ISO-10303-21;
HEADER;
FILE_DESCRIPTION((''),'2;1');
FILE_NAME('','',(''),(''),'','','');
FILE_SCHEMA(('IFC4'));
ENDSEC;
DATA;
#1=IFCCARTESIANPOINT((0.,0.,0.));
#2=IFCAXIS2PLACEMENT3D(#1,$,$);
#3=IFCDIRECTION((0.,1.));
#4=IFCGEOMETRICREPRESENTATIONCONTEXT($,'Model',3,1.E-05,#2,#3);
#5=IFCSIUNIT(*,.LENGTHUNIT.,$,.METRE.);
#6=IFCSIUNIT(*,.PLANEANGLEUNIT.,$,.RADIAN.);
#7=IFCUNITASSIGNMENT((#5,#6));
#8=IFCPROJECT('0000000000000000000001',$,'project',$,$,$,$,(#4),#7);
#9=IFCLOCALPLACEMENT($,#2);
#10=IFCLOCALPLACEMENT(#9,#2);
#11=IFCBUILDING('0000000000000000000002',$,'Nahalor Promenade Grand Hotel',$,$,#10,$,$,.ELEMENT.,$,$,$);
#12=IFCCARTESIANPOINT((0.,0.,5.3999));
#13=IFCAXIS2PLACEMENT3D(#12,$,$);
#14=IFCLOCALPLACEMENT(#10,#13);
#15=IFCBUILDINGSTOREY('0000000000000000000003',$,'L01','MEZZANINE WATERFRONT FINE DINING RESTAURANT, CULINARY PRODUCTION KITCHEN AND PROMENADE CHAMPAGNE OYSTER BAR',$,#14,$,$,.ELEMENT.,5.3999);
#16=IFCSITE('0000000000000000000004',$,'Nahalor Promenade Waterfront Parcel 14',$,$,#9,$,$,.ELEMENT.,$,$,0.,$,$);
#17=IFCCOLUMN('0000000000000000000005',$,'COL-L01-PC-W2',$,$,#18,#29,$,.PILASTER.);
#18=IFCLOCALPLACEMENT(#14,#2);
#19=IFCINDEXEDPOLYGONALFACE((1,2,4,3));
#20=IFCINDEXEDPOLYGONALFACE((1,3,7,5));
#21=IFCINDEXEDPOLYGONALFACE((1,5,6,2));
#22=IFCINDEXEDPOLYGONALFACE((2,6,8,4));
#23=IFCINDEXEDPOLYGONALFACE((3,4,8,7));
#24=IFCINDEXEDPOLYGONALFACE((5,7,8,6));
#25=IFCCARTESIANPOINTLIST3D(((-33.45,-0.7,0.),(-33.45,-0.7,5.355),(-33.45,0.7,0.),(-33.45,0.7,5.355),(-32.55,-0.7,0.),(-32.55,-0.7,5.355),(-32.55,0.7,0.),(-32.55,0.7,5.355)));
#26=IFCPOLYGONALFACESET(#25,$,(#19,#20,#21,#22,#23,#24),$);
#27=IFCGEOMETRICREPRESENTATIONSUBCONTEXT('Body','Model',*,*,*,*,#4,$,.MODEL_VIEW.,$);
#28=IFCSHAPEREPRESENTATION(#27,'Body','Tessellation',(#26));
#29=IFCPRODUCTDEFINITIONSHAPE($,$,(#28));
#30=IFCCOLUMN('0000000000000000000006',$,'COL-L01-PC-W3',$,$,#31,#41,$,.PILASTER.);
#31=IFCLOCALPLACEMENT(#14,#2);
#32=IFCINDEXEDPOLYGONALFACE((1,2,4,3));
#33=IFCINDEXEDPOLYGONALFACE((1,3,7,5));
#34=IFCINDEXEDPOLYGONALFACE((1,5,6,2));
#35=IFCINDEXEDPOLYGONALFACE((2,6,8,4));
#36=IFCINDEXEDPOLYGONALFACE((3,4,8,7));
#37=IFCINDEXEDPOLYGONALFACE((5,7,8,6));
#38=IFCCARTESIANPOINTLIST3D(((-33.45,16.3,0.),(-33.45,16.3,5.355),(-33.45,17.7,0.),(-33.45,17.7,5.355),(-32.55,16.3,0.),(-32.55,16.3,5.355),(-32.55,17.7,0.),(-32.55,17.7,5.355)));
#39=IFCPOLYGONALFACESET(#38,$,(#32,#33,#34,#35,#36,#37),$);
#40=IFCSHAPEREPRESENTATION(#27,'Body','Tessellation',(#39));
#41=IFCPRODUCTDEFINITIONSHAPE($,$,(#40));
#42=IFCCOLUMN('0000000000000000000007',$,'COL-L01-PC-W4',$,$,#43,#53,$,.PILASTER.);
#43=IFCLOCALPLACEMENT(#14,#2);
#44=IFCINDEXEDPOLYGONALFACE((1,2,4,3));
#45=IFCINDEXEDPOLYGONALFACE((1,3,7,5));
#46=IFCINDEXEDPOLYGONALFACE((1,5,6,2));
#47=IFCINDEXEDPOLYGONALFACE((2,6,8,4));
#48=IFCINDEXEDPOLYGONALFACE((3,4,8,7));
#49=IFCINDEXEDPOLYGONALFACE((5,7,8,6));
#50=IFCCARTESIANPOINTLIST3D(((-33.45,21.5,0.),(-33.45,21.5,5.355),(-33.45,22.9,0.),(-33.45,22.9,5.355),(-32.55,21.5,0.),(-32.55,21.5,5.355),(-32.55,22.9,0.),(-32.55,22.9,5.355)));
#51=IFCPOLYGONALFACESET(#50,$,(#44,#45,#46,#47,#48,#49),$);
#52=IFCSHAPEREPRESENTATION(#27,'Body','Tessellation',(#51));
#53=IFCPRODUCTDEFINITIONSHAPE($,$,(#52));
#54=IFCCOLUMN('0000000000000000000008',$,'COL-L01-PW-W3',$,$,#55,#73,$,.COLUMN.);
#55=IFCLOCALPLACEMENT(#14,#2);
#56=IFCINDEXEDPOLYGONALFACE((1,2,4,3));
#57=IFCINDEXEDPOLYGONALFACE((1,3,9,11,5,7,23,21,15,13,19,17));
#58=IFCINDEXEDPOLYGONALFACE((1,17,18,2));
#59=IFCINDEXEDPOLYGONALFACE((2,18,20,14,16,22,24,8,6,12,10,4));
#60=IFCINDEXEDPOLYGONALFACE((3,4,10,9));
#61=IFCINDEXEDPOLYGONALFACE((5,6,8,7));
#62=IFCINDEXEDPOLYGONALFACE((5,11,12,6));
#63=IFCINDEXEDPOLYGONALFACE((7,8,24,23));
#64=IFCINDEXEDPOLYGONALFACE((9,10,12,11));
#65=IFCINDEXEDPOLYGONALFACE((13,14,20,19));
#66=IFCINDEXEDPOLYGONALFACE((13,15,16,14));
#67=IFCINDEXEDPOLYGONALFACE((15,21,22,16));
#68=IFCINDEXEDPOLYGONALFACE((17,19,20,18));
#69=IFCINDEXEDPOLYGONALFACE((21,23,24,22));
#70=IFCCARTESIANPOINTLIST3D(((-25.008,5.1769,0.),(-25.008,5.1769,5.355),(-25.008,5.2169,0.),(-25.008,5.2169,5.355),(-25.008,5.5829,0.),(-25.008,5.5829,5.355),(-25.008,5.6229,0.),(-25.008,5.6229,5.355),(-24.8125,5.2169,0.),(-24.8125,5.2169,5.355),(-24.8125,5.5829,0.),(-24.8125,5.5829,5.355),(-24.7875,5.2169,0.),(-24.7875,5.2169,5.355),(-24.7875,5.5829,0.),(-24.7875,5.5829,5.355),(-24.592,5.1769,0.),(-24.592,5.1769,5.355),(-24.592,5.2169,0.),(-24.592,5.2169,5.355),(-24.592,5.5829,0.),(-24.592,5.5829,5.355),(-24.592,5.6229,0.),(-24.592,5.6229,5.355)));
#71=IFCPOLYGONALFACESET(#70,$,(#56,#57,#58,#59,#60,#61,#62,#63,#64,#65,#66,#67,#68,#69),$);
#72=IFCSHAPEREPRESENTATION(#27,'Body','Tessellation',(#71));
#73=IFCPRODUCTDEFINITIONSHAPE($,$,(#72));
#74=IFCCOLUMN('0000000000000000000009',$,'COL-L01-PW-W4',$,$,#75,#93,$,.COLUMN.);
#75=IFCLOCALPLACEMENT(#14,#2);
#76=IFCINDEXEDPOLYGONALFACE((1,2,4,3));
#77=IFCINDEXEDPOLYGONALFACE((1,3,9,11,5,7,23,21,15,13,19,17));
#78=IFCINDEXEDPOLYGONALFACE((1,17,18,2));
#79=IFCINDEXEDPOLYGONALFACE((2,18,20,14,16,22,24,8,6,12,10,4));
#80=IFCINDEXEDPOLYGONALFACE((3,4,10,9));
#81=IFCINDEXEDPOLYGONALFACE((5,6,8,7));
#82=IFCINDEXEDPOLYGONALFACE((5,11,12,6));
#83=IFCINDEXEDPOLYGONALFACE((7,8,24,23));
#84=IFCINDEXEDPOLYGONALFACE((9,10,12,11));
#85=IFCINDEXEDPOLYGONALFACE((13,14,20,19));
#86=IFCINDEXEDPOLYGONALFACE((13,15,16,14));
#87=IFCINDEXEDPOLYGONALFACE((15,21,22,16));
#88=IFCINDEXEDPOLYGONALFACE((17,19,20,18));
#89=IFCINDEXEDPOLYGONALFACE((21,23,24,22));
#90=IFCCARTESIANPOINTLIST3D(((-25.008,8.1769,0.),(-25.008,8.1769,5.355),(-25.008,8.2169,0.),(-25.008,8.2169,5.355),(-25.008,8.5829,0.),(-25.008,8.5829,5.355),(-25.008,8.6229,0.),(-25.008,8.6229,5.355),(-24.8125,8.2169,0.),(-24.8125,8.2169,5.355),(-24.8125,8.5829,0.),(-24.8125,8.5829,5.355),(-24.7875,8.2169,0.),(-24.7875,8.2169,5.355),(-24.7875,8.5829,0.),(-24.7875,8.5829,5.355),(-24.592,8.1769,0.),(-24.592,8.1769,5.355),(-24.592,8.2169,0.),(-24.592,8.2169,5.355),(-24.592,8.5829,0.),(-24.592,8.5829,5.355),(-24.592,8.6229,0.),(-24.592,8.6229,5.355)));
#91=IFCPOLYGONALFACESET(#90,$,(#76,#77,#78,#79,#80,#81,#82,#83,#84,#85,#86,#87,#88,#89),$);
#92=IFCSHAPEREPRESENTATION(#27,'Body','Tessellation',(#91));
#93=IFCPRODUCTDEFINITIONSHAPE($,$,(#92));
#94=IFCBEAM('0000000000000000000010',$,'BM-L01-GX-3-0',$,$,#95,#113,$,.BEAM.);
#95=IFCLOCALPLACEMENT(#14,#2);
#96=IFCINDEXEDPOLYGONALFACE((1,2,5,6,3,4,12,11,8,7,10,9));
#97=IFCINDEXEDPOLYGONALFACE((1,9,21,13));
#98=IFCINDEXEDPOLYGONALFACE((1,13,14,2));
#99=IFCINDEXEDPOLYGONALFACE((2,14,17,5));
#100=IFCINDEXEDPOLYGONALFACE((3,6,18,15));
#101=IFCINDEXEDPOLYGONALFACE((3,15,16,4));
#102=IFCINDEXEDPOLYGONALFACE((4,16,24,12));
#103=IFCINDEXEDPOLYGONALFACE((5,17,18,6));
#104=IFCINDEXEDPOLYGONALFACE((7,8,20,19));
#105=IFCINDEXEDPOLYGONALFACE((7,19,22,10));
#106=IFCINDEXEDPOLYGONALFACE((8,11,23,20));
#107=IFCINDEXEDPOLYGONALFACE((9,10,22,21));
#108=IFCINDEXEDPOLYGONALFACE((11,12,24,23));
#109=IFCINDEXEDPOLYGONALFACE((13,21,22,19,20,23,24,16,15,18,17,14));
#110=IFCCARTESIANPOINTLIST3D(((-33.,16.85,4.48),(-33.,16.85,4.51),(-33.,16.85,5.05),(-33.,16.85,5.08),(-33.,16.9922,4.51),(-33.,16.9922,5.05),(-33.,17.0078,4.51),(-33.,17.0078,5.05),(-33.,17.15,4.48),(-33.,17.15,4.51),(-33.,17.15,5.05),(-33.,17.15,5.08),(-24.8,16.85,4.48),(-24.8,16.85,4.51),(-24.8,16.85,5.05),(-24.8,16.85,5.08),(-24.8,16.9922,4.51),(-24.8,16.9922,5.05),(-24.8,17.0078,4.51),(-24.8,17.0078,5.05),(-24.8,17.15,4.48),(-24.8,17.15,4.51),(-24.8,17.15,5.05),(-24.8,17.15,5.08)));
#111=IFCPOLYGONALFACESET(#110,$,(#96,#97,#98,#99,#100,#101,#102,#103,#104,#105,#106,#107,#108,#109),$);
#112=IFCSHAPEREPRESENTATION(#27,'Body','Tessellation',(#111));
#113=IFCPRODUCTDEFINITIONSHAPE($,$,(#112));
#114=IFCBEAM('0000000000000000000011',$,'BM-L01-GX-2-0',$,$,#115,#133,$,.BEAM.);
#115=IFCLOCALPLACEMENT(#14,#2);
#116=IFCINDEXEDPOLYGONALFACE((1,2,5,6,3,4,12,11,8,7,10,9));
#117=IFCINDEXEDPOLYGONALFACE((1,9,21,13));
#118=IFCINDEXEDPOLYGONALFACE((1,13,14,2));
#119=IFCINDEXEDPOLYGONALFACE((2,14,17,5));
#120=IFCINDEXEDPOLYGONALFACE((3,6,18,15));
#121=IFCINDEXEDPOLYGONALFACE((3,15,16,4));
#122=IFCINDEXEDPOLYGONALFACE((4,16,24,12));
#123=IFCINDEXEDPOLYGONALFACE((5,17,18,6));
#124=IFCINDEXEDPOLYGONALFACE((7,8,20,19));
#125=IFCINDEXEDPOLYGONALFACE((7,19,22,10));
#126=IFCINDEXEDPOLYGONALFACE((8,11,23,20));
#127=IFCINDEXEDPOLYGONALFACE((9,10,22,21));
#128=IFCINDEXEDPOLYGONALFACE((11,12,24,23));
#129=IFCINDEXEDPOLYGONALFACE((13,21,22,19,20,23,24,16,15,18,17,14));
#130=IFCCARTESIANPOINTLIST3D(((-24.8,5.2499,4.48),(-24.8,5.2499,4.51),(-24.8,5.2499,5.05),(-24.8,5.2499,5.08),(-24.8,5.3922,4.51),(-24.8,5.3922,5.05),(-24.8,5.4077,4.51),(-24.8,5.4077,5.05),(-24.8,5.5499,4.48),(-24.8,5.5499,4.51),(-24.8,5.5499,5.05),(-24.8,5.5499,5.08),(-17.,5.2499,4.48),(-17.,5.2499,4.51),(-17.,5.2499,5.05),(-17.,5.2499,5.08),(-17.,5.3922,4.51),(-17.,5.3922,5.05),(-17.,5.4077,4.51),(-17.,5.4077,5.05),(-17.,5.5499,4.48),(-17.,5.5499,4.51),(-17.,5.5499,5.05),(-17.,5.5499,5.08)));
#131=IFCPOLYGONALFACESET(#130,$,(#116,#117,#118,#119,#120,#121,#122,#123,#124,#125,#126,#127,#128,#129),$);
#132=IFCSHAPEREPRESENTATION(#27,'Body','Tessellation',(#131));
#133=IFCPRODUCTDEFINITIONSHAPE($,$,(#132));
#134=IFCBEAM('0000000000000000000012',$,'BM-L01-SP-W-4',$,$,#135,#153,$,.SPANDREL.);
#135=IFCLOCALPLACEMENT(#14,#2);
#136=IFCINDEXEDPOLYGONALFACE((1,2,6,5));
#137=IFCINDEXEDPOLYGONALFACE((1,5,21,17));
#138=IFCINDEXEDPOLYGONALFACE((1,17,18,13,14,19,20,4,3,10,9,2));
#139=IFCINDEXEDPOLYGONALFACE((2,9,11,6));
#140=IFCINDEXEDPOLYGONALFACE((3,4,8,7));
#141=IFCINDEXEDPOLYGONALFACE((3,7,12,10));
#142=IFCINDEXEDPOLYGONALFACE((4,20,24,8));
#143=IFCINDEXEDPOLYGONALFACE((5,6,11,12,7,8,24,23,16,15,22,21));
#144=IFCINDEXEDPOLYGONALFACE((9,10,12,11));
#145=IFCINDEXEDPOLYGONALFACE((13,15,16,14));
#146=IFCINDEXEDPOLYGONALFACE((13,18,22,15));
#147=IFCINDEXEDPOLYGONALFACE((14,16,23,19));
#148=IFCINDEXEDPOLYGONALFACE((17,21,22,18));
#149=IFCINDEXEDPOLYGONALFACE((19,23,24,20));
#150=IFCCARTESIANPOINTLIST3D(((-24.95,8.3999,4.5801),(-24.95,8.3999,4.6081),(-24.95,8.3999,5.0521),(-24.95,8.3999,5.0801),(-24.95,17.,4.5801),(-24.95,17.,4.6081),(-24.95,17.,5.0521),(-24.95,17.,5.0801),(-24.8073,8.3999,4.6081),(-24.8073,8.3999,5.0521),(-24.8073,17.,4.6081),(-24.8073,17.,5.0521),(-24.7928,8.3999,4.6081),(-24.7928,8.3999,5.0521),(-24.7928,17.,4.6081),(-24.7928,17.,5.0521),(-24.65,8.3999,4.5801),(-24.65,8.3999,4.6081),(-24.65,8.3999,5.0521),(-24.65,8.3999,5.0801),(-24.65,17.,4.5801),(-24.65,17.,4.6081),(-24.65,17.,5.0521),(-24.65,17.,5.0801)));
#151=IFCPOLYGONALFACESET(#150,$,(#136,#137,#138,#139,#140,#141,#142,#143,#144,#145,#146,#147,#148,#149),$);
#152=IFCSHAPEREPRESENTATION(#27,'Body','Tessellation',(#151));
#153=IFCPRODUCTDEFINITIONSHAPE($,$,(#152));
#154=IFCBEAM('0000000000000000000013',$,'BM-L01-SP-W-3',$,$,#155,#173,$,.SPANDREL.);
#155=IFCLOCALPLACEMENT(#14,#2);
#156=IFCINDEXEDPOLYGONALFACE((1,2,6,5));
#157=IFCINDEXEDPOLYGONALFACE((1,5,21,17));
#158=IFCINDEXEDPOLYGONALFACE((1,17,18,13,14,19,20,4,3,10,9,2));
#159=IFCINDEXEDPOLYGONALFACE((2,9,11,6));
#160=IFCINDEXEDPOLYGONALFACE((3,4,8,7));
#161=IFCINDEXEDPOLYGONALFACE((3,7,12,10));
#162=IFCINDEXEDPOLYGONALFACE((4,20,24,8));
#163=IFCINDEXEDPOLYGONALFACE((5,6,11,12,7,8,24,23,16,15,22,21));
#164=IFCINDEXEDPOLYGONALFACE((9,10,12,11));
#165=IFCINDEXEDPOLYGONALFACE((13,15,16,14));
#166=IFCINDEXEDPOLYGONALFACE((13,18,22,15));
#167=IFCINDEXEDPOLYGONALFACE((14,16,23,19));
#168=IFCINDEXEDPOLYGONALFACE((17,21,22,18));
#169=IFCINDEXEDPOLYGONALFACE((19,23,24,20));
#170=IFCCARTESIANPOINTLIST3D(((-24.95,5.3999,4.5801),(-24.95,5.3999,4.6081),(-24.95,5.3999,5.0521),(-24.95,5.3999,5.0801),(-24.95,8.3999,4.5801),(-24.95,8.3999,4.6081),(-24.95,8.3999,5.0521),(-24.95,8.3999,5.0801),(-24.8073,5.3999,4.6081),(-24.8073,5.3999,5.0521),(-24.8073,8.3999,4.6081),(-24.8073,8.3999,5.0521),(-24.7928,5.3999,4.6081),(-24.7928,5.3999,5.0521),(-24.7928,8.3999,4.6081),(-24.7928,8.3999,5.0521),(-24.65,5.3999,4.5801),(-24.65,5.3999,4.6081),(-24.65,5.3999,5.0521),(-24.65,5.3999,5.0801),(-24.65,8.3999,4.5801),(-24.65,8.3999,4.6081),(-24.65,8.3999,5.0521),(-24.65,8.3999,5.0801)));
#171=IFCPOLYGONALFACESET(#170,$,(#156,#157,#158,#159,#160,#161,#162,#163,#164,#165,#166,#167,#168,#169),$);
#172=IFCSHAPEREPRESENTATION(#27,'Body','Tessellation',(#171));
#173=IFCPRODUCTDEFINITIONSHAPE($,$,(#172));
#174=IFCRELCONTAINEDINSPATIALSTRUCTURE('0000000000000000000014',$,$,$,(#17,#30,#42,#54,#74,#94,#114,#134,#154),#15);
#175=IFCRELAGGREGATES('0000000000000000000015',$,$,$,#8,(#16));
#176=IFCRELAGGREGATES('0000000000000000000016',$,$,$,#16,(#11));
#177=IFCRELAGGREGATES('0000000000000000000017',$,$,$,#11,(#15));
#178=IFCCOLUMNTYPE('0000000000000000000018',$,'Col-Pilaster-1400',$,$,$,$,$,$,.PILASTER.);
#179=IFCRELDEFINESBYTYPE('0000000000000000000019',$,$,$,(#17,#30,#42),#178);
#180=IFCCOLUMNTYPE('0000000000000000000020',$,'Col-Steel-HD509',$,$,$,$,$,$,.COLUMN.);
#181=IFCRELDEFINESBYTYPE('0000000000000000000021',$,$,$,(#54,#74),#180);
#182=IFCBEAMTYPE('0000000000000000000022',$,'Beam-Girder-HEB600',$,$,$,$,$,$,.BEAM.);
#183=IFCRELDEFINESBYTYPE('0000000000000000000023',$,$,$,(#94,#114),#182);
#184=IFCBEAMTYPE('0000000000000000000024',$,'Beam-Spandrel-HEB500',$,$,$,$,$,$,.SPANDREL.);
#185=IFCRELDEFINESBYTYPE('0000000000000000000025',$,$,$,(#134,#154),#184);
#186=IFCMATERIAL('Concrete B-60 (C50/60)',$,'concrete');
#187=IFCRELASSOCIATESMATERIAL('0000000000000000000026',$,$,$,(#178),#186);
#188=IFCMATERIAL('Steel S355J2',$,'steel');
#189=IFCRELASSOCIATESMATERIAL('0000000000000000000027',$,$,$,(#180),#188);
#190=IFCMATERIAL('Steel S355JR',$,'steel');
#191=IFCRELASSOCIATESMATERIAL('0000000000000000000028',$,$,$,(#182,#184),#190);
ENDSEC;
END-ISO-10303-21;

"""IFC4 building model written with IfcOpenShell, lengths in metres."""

from ifc_helpers import new_model, si_unit, direction, frame, origin, origin_2d, place, context, subcontext, project, spatial, rectangle, i_section, extrude, source, transform, mapped, material, material_profile, profile_set, type_object, element, save


model = new_model("IFC4")

# Units and contexts
model_context = context("Model", 3, precision=1e-05, world=origin(), true_north=direction((0.0, 1.0)))
body_context = subcontext(model_context, "Body", "Model", "MODEL_VIEW")
ifc_project = project(units=[si_unit("LENGTHUNIT", "METRE"), si_unit("PLANEANGLEUNIT", "RADIAN")], contexts=[model_context])

# Site, building, storey
site_placement = place(None, origin())
site = spatial("IfcSite", under=ifc_project, at=site_placement, Name="Nahalor Promenade Waterfront Parcel 14", CompositionType="ELEMENT", RefElevation=0.0)
building_placement = place(site_placement, origin())
building = spatial("IfcBuilding", under=site, at=building_placement, Name="Nahalor Promenade Grand Hotel", CompositionType="ELEMENT")
storey_placement = place(building_placement, frame((0.0, 0.0, 5.3999)))
storey = spatial("IfcBuildingStorey", under=building, at=storey_placement, Name="L01", Description="MEZZANINE WATERFRONT FINE DINING RESTAURANT, CULINARY PRODUCTION KITCHEN AND PROMENADE CHAMPAGNE OYSTER BAR", CompositionType="ELEMENT", Elevation=5.3999)

# Columns
ifc_material_1 = material(Name="Concrete B-60 (C50/60)", Category="concrete")
ifc_material_profile_1 = material_profile(ifc_material_1, rectangle(XDim=0.9, YDim=1.4, at=origin_2d()), Name="RC 900x1400")
ifc_profile_set_1 = profile_set([ifc_material_profile_1], Name="Concrete B-60 (C50/60)")
column_type_1 = type_object("IfcColumnType", Name="Col-Pilaster-1400", PredefinedType="PILASTER", material=ifc_profile_set_1)
shared_shape_1 = source(origin(), body_context, "Body", "SweptSolid", [
    extrude(rectangle(XDim=0.9, YDim=1.4, at=origin_2d()), origin(), (0.0, 0.0, 1.0), 5.355),
])
for number, where, z_axis, x_axis, name in (
    (1, (-33.0, 0.0, 0.0), (0.0, 0.0, 1.0), (1.0, 0.0, 0.0), "COL-L01-PC-W2"),
    (2, (-33.0, 17.0, 0.0), (0.0, 0.0, 1.0), (1.0, 0.0, 0.0), "COL-L01-PC-W3"),
    (3, (-33.0, 22.2, 0.0), (0.0, 0.0, 1.0), (1.0, 0.0, 0.0), "COL-L01-PC-W4"),
):
    element("IfcColumn", number, at=place(storey_placement, frame(where, z_axis=z_axis, x_axis=x_axis)), inside=storey, type_object=column_type_1, Name=name, PredefinedType="PILASTER", context=body_context, shape_type="MappedRepresentation", body=[
        mapped(shared_shape_1, transform((0.0, 0.0, 0.0), scale=1.0)),
    ])
ifc_material_2 = material(Name="Steel S355J2", Category="steel")
ifc_material_profile_2 = material_profile(ifc_material_2, i_section(OverallWidth=0.416, OverallDepth=0.446, WebThickness=0.025, FlangeThickness=0.04, at=origin_2d()), Name="HD 400x509")
ifc_profile_set_2 = profile_set([ifc_material_profile_2], Name="Steel S355J2")
column_type_2 = type_object("IfcColumnType", Name="Col-Steel-HD509", PredefinedType="COLUMN", material=ifc_profile_set_2)
shared_shape_2 = source(origin(), body_context, "Body", "SweptSolid", [
    extrude(i_section(OverallWidth=0.416, OverallDepth=0.446, WebThickness=0.025, FlangeThickness=0.04, at=origin_2d()), origin(), (0.0, 0.0, 1.0), 5.355),
])
for number, where, z_axis, x_axis, name in (
    (4, (-24.8, 5.3999, 0.0), (0.0, 0.0, 1.0), (1.0, 0.0, 0.0), "COL-L01-PW-W3"),
    (5, (-24.8, 8.3999, 0.0), (0.0, 0.0, 1.0), (1.0, 0.0, 0.0), "COL-L01-PW-W4"),
):
    element("IfcColumn", number, at=place(storey_placement, frame(where, z_axis=z_axis, x_axis=x_axis)), inside=storey, type_object=column_type_2, Name=name, PredefinedType="COLUMN", context=body_context, shape_type="MappedRepresentation", body=[
        mapped(shared_shape_2, transform((0.0, 0.0, 0.0), scale=1.0)),
    ])

# Beams
ifc_material_3 = material(Name="Steel S355JR", Category="steel")
ifc_material_profile_3 = material_profile(ifc_material_3, i_section(OverallWidth=0.3, OverallDepth=0.6, WebThickness=0.0155, FlangeThickness=0.03, at=origin_2d()), Name="HEB 600")
ifc_profile_set_3 = profile_set([ifc_material_profile_3], Name="Steel S355JR")
beam_type_1 = type_object("IfcBeamType", Name="Beam-Girder-HEB600", PredefinedType="BEAM", material=ifc_profile_set_3)
shared_shape_3 = source(origin(), body_context, "Body", "SweptSolid", [
    extrude(i_section(OverallWidth=0.3, OverallDepth=0.6, WebThickness=0.0155, FlangeThickness=0.03, at=origin_2d()), origin(), (0.0, 0.0, 1.0), 8.2),
])
beam_1_placement = place(storey_placement, frame((-33.0, 17.0, 4.78), z_axis=(1.0, 0.0, 0.0), x_axis=(0.0, 1.0, 0.0)))
element("IfcBeam", 6, at=beam_1_placement, inside=storey, type_object=beam_type_1, Name="BM-L01-GX-3-0", PredefinedType="BEAM", context=body_context, shape_type="MappedRepresentation", body=[
    mapped(shared_shape_3, transform((0.0, 0.0, 0.0), scale=1.0)),
])
shared_shape_4 = source(origin(), body_context, "Body", "SweptSolid", [
    extrude(i_section(OverallWidth=0.3, OverallDepth=0.6, WebThickness=0.0155, FlangeThickness=0.03, at=origin_2d()), origin(), (0.0, 0.0, 1.0), 7.8),
])
beam_2_placement = place(storey_placement, frame((-24.8, 5.3999, 4.78), z_axis=(1.0, 0.0, 0.0), x_axis=(0.0, 1.0, 0.0)))
element("IfcBeam", 7, at=beam_2_placement, inside=storey, type_object=beam_type_1, Name="BM-L01-GX-2-0", PredefinedType="BEAM", context=body_context, shape_type="MappedRepresentation", body=[
    mapped(shared_shape_4, transform((0.0, 0.0, 0.0), scale=1.0)),
])
ifc_material_profile_4 = material_profile(ifc_material_3, i_section(OverallWidth=0.3, OverallDepth=0.5, WebThickness=0.0145, FlangeThickness=0.028, at=origin_2d()), Name="HEB 500")
ifc_profile_set_4 = profile_set([ifc_material_profile_4], Name="Steel S355JR")
beam_type_2 = type_object("IfcBeamType", Name="Beam-Spandrel-HEB500", PredefinedType="SPANDREL", material=ifc_profile_set_4)
shared_shape_5 = source(origin(), body_context, "Body", "SweptSolid", [
    extrude(i_section(OverallWidth=0.3, OverallDepth=0.5, WebThickness=0.0145, FlangeThickness=0.028, at=origin_2d()), origin(), (0.0, 0.0, 1.0), 8.6001),
])
beam_3_placement = place(storey_placement, frame((-24.8, 8.3999, 4.8301), z_axis=(0.0, 1.0, 0.0), x_axis=(-1.0, 0.0, 0.0)))
element("IfcBeam", 8, at=beam_3_placement, inside=storey, type_object=beam_type_2, Name="BM-L01-SP-W-4", PredefinedType="SPANDREL", context=body_context, shape_type="MappedRepresentation", body=[
    mapped(shared_shape_5, transform((0.0, 0.0, 0.0), scale=1.0)),
])
shared_shape_6 = source(origin(), body_context, "Body", "SweptSolid", [
    extrude(i_section(OverallWidth=0.3, OverallDepth=0.5, WebThickness=0.0145, FlangeThickness=0.028, at=origin_2d()), origin(), (0.0, 0.0, 1.0), 3.0),
])
beam_4_placement = place(storey_placement, frame((-24.8, 5.3999, 4.8301), z_axis=(0.0, 1.0, 0.0), x_axis=(-1.0, 0.0, 0.0)))
element("IfcBeam", 9, at=beam_4_placement, inside=storey, type_object=beam_type_2, Name="BM-L01-SP-W-3", PredefinedType="SPANDREL", context=body_context, shape_type="MappedRepresentation", body=[
    mapped(shared_shape_6, transform((0.0, 0.0, 0.0), scale=1.0)),
])

save(model, "model.ifc")
